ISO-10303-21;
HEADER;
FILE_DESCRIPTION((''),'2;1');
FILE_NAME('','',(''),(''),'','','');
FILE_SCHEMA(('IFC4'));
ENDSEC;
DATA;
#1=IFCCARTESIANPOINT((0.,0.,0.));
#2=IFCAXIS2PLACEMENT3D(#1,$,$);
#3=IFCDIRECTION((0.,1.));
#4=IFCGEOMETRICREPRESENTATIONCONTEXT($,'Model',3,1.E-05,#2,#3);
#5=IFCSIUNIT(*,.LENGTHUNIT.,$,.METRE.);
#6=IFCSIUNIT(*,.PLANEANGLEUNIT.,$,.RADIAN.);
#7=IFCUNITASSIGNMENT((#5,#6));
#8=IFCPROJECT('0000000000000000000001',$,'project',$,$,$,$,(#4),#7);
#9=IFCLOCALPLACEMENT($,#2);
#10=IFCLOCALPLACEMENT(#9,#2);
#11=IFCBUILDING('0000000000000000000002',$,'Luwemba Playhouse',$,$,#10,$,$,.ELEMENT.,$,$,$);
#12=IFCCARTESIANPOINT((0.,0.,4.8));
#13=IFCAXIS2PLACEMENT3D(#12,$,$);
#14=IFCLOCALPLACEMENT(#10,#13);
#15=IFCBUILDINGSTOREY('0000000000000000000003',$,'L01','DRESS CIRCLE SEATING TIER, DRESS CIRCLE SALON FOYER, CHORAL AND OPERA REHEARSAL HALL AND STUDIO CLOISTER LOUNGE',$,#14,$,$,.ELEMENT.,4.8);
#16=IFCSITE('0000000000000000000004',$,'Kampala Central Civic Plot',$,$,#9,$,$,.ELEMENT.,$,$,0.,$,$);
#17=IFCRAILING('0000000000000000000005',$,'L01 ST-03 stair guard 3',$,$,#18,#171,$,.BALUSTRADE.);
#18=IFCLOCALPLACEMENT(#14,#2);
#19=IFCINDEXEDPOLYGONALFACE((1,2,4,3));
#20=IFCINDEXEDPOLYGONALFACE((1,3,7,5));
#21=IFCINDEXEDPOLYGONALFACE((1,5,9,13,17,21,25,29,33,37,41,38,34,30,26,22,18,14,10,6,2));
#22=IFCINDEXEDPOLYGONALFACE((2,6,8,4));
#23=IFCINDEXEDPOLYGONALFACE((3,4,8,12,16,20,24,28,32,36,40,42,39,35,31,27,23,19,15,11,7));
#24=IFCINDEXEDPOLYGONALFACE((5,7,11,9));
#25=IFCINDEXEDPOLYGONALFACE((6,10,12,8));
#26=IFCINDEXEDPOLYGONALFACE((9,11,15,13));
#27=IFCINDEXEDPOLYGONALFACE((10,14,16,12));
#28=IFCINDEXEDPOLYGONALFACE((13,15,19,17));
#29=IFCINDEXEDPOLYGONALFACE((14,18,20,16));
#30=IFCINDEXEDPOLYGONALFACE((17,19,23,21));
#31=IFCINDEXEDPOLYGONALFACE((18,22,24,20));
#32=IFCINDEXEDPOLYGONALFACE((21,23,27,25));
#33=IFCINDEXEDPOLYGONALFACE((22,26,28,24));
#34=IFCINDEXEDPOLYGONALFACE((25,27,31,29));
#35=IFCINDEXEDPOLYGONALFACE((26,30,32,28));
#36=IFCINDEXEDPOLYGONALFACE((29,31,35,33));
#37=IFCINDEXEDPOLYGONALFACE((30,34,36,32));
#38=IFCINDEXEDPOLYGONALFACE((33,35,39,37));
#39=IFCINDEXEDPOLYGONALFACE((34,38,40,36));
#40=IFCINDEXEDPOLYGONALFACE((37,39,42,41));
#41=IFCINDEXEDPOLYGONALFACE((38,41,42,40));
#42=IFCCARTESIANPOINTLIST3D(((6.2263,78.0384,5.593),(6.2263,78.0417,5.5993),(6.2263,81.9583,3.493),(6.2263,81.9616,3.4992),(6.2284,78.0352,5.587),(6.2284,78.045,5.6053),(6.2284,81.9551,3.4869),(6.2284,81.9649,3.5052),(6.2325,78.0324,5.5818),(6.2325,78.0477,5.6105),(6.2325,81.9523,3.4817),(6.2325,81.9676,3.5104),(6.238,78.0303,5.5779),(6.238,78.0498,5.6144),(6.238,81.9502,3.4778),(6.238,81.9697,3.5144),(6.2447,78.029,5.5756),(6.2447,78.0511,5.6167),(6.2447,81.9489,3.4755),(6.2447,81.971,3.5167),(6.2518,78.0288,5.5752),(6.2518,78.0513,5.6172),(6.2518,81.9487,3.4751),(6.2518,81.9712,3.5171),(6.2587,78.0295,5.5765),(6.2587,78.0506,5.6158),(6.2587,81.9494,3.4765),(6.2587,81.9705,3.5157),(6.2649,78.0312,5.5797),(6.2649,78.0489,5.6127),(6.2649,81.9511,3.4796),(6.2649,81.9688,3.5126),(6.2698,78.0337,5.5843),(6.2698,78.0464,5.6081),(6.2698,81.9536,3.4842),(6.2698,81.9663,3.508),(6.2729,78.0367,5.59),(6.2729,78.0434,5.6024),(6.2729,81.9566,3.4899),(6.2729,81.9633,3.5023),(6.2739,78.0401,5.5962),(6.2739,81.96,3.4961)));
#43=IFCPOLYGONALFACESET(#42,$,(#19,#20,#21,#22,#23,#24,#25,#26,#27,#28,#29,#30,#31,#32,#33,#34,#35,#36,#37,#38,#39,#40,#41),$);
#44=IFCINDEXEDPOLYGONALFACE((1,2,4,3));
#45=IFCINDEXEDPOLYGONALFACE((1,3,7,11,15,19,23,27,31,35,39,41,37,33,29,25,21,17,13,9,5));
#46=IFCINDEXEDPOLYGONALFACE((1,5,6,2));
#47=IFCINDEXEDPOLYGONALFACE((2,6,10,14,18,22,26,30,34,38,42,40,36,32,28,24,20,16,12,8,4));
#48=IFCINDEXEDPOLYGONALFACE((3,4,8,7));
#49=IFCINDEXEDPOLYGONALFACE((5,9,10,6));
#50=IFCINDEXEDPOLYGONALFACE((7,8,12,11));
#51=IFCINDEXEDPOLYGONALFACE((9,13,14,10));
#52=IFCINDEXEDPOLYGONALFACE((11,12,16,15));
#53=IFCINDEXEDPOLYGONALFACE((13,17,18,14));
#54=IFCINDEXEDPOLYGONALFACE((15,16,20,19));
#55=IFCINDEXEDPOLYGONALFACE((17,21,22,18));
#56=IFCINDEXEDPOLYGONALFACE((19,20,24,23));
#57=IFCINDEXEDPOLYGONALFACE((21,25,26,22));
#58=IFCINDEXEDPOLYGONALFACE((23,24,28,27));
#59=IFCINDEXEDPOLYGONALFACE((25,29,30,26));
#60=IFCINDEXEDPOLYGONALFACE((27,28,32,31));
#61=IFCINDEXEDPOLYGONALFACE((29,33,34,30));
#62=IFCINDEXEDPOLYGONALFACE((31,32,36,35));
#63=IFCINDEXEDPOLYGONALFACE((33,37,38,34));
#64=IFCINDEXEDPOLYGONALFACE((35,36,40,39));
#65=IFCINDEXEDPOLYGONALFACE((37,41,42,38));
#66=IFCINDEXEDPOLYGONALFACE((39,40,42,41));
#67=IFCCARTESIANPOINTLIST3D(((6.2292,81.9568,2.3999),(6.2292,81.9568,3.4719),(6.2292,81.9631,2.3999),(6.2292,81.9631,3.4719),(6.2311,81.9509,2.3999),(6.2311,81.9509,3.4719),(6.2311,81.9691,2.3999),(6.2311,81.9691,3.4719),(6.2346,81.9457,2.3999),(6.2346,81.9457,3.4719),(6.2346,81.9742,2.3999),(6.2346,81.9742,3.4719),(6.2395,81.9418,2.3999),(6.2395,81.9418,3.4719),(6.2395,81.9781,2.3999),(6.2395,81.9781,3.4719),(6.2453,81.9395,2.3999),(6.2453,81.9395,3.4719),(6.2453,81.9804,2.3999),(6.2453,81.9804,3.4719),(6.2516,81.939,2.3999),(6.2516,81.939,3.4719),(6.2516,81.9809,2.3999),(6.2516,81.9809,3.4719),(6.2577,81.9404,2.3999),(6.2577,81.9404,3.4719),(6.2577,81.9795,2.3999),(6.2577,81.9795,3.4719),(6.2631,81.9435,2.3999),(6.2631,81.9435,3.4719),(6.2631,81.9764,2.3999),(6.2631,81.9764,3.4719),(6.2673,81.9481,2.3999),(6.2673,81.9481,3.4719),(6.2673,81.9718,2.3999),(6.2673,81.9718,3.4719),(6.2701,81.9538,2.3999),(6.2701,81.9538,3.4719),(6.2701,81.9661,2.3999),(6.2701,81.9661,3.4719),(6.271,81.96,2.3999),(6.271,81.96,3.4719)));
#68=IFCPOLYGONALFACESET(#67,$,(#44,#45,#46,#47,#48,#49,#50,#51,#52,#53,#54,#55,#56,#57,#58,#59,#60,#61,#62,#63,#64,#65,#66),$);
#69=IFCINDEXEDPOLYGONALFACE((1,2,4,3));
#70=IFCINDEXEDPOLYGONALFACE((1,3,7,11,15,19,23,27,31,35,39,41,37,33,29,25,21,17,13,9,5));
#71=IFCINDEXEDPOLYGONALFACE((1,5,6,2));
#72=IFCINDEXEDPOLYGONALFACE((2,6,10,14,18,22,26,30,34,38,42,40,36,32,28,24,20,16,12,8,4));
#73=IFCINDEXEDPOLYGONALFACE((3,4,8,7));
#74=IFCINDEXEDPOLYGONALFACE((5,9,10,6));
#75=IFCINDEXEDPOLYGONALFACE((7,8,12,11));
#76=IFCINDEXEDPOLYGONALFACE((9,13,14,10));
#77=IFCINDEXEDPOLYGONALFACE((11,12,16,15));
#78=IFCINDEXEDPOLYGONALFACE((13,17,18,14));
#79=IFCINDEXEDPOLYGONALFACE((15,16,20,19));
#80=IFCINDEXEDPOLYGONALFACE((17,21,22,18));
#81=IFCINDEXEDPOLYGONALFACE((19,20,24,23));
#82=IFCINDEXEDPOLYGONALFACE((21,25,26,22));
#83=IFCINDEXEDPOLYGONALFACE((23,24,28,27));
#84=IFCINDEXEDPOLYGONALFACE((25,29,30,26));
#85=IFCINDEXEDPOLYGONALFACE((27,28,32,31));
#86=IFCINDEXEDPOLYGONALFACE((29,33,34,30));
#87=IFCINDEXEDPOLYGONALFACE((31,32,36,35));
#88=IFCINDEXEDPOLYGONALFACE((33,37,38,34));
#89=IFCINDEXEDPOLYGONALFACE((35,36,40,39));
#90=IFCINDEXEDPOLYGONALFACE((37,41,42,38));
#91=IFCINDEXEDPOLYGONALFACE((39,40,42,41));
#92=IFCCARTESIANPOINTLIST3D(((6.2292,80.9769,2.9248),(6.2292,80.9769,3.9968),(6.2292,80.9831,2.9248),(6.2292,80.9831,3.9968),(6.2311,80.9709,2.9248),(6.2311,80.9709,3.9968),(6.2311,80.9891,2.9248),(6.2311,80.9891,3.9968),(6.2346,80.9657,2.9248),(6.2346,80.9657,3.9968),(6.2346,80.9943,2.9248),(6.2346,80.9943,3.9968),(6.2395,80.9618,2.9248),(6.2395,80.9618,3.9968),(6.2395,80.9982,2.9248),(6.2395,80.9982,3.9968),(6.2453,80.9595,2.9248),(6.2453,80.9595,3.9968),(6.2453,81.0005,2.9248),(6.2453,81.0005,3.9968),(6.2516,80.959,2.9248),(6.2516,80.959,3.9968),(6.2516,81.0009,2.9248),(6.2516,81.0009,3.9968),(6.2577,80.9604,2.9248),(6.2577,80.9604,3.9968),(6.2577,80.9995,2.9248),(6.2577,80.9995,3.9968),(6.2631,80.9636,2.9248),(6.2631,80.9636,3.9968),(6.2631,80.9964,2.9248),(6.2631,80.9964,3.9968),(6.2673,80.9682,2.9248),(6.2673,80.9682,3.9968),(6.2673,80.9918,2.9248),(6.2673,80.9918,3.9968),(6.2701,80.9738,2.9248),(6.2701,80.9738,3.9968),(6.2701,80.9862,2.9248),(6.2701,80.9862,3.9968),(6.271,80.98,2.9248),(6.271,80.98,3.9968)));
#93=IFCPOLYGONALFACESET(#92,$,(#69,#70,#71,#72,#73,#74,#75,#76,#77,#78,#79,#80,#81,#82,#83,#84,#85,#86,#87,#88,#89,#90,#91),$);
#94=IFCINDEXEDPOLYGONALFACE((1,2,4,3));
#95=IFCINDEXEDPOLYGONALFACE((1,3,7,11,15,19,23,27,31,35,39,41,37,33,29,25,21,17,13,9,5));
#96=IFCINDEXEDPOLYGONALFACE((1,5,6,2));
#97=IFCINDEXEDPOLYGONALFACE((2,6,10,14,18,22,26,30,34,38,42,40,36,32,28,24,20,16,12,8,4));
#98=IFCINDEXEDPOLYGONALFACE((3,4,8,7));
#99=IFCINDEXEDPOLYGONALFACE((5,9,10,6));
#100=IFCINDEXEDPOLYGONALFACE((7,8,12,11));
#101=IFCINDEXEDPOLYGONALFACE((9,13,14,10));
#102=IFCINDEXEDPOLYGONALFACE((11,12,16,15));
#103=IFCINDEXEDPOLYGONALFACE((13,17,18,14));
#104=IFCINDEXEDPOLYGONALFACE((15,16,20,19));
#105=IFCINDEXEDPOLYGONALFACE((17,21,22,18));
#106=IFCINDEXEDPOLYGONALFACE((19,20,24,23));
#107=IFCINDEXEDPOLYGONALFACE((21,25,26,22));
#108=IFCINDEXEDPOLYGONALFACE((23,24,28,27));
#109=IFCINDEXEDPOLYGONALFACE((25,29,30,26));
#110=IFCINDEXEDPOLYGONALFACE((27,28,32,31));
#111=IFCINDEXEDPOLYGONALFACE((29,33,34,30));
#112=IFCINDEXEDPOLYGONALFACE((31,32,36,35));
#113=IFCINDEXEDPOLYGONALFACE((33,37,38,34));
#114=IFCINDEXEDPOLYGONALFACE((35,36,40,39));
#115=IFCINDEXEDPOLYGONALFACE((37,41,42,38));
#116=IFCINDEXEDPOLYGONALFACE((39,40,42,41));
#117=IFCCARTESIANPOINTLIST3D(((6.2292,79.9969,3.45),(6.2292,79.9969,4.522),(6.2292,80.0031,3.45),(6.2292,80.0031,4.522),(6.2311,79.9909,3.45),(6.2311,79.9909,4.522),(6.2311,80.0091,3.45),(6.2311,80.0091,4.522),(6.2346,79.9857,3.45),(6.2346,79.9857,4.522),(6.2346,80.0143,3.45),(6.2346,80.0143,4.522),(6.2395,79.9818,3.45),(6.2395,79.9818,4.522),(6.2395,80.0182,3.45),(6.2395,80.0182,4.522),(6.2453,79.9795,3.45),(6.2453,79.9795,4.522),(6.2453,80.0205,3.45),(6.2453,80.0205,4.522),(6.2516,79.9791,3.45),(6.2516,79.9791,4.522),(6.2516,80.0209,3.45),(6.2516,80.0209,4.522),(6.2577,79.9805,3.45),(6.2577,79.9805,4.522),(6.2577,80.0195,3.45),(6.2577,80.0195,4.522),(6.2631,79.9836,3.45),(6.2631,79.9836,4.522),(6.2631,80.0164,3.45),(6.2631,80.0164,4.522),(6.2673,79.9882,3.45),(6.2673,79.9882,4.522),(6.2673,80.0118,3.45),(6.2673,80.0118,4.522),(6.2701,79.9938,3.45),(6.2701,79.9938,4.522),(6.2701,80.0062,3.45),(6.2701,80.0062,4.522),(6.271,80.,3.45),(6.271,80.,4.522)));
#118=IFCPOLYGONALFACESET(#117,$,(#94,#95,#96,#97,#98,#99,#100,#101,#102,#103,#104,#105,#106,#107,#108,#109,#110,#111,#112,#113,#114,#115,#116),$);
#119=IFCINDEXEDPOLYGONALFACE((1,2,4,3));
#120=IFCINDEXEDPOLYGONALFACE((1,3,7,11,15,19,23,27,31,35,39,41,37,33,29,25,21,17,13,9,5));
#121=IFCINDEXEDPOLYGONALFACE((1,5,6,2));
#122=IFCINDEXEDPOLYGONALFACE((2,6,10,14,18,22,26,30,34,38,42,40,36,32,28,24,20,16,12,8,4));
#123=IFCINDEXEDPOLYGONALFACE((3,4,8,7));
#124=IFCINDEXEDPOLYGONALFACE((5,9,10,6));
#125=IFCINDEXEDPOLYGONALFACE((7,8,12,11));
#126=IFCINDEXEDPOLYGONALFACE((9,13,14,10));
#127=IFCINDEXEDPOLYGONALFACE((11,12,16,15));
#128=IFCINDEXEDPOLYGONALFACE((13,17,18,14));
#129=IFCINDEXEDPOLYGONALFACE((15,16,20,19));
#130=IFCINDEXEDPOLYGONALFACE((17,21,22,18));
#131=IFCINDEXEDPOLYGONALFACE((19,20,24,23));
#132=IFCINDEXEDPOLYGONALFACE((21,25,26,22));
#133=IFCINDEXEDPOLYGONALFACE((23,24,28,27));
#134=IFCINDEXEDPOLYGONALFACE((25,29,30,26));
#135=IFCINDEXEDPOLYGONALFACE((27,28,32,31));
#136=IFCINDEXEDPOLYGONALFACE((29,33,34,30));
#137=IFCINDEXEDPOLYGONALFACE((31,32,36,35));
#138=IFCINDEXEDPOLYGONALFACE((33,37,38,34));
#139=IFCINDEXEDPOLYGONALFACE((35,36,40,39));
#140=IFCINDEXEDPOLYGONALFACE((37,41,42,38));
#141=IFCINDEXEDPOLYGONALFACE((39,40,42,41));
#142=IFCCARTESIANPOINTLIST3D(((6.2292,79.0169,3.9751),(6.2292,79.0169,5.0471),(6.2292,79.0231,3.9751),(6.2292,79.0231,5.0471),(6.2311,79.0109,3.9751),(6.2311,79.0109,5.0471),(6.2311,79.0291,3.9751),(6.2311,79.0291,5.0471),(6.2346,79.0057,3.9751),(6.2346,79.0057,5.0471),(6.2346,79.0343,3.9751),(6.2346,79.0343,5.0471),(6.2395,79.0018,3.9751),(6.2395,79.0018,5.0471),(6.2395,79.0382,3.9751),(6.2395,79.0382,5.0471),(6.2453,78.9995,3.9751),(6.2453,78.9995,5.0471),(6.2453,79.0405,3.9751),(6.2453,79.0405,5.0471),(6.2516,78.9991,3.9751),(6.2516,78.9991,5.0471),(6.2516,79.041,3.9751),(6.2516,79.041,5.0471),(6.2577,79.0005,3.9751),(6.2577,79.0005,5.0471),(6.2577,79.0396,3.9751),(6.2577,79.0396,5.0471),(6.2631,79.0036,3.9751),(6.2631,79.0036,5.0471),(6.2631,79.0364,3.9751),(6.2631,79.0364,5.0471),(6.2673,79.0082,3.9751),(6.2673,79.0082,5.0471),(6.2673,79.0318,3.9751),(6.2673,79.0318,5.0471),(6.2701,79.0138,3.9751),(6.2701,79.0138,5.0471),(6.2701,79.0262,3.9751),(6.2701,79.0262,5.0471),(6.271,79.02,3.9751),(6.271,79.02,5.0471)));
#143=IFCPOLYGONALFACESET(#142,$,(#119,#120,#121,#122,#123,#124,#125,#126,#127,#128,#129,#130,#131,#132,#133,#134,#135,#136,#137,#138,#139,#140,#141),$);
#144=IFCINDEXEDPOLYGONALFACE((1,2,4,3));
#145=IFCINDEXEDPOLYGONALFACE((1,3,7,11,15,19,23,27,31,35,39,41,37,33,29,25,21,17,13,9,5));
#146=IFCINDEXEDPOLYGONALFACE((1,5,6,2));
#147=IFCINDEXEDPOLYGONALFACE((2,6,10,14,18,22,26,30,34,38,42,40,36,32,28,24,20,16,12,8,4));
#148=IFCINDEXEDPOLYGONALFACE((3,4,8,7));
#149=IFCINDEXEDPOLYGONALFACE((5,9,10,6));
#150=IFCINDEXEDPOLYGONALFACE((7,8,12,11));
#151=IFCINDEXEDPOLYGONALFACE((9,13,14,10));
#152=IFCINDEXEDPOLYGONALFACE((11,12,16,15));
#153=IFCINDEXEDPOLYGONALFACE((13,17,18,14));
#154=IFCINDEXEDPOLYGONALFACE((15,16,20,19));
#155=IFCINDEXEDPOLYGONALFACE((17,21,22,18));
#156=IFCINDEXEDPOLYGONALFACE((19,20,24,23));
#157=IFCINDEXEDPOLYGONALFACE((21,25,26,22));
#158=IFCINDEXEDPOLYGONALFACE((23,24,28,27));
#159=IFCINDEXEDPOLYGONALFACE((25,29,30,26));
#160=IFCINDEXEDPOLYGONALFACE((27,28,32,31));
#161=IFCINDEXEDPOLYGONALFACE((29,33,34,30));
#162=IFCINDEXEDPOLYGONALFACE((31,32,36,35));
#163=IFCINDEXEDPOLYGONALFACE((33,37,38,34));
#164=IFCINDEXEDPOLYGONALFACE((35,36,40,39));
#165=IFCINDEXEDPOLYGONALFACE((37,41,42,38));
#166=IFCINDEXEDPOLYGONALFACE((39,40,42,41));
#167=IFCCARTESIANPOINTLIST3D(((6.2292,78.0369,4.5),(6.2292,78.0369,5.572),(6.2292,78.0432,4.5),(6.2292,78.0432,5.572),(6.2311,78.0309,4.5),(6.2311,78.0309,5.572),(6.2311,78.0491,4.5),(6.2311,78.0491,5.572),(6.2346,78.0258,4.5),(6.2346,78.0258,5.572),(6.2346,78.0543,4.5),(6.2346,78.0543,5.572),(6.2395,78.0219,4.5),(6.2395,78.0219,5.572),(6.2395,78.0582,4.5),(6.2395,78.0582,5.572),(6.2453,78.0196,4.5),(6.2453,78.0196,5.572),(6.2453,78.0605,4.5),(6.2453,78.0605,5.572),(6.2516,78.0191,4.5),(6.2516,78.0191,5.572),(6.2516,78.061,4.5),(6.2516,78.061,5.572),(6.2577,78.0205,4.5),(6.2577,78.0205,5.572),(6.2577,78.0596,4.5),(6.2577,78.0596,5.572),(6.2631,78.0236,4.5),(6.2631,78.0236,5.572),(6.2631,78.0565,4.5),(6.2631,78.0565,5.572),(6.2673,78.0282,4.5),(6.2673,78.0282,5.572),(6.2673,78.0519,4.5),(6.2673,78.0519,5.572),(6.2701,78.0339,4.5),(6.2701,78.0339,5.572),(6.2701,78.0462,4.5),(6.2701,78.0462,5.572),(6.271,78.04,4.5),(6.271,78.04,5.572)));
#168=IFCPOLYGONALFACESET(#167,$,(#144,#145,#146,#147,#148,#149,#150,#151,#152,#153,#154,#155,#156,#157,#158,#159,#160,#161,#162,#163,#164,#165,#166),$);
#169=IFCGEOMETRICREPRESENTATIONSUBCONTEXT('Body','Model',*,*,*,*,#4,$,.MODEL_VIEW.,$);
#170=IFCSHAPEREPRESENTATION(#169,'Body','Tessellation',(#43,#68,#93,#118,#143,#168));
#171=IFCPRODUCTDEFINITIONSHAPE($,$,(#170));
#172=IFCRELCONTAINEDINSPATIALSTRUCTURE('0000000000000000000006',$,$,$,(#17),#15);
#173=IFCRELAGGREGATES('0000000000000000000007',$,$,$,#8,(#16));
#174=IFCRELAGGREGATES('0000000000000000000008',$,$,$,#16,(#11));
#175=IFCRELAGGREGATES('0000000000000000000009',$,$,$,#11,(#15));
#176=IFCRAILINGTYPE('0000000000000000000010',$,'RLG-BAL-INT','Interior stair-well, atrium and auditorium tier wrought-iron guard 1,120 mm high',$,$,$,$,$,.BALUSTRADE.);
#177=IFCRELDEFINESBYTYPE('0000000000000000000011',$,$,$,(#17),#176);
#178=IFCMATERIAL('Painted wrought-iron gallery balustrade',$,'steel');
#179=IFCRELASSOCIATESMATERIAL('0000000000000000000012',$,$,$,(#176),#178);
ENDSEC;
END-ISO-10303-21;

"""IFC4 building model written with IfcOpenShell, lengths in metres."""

from ifc_helpers import new_model, si_unit, direction, frame, origin, origin_2d, place, context, subcontext, project, spatial, circle, extrude, material, type_object, element, save


model = new_model("IFC4")

# Units and contexts
model_context = context("Model", 3, precision=1e-05, world=origin(), true_north=direction((0.0, 1.0)))
body_context = subcontext(model_context, "Body", "Model", "MODEL_VIEW")
ifc_project = project(units=[si_unit("LENGTHUNIT", "METRE"), si_unit("PLANEANGLEUNIT", "RADIAN")], contexts=[model_context])

# Site, building, storey
site_placement = place(None, origin())
site = spatial("IfcSite", under=ifc_project, at=site_placement, Name="Kampala Central Civic Plot", CompositionType="ELEMENT", RefElevation=0.0)
building_placement = place(site_placement, origin())
building = spatial("IfcBuilding", under=site, at=building_placement, Name="Luwemba Playhouse", CompositionType="ELEMENT")
storey_placement = place(building_placement, frame((0.0, 0.0, 4.8)))
storey = spatial("IfcBuildingStorey", under=building, at=storey_placement, Name="L01", Description="DRESS CIRCLE SEATING TIER, DRESS CIRCLE SALON FOYER, CHORAL AND OPERA REHEARSAL HALL AND STUDIO CLOISTER LOUNGE", CompositionType="ELEMENT", Elevation=4.8)

# Railing
ifc_material_1 = material(Name="Painted wrought-iron gallery balustrade", Category="steel")
railing_type_1 = type_object("IfcRailingType", Name="RLG-BAL-INT", Description="Interior stair-well, atrium and auditorium tier wrought-iron guard 1,120 mm high", PredefinedType="BALUSTRADE", material=ifc_material_1)
railing_1_placement = place(storey_placement, frame((6.25, 81.96, 2.3999)))
element("IfcRailing", 1, at=railing_1_placement, inside=storey, type_object=railing_type_1, Name="L01 ST-03 stair guard 3", PredefinedType="BALUSTRADE", context=body_context, shape_type="SweptSolid", body=[
    extrude(circle(Radius=0.0239, at=origin_2d()), frame((0.0, 0.0, 1.0962), z_axis=(0.0, -0.881467, 0.472246), x_axis=(1.0, 0.0, 0.0)), (0.0, 0.0, 1.0), 4.447),
    extrude(circle(Radius=0.021, at=origin_2d()), origin(), (0.0, 0.0, 1.0), 1.072),
    extrude(circle(Radius=0.021, at=origin_2d()), frame((0.0, -0.98, 0.5249)), (0.0, 0.0, 1.0), 1.072),
    extrude(circle(Radius=0.021, at=origin_2d()), frame((0.0, -1.96, 1.05)), (0.0, 0.0, 1.0), 1.072),
    extrude(circle(Radius=0.021, at=origin_2d()), frame((0.0, -2.9399, 1.5752)), (0.0, 0.0, 1.0), 1.072),
    extrude(circle(Radius=0.021, at=origin_2d()), frame((0.0, -3.9199, 2.1001)), (0.0, 0.0, 1.0), 1.072),
])

save(model, "model.ifc")
